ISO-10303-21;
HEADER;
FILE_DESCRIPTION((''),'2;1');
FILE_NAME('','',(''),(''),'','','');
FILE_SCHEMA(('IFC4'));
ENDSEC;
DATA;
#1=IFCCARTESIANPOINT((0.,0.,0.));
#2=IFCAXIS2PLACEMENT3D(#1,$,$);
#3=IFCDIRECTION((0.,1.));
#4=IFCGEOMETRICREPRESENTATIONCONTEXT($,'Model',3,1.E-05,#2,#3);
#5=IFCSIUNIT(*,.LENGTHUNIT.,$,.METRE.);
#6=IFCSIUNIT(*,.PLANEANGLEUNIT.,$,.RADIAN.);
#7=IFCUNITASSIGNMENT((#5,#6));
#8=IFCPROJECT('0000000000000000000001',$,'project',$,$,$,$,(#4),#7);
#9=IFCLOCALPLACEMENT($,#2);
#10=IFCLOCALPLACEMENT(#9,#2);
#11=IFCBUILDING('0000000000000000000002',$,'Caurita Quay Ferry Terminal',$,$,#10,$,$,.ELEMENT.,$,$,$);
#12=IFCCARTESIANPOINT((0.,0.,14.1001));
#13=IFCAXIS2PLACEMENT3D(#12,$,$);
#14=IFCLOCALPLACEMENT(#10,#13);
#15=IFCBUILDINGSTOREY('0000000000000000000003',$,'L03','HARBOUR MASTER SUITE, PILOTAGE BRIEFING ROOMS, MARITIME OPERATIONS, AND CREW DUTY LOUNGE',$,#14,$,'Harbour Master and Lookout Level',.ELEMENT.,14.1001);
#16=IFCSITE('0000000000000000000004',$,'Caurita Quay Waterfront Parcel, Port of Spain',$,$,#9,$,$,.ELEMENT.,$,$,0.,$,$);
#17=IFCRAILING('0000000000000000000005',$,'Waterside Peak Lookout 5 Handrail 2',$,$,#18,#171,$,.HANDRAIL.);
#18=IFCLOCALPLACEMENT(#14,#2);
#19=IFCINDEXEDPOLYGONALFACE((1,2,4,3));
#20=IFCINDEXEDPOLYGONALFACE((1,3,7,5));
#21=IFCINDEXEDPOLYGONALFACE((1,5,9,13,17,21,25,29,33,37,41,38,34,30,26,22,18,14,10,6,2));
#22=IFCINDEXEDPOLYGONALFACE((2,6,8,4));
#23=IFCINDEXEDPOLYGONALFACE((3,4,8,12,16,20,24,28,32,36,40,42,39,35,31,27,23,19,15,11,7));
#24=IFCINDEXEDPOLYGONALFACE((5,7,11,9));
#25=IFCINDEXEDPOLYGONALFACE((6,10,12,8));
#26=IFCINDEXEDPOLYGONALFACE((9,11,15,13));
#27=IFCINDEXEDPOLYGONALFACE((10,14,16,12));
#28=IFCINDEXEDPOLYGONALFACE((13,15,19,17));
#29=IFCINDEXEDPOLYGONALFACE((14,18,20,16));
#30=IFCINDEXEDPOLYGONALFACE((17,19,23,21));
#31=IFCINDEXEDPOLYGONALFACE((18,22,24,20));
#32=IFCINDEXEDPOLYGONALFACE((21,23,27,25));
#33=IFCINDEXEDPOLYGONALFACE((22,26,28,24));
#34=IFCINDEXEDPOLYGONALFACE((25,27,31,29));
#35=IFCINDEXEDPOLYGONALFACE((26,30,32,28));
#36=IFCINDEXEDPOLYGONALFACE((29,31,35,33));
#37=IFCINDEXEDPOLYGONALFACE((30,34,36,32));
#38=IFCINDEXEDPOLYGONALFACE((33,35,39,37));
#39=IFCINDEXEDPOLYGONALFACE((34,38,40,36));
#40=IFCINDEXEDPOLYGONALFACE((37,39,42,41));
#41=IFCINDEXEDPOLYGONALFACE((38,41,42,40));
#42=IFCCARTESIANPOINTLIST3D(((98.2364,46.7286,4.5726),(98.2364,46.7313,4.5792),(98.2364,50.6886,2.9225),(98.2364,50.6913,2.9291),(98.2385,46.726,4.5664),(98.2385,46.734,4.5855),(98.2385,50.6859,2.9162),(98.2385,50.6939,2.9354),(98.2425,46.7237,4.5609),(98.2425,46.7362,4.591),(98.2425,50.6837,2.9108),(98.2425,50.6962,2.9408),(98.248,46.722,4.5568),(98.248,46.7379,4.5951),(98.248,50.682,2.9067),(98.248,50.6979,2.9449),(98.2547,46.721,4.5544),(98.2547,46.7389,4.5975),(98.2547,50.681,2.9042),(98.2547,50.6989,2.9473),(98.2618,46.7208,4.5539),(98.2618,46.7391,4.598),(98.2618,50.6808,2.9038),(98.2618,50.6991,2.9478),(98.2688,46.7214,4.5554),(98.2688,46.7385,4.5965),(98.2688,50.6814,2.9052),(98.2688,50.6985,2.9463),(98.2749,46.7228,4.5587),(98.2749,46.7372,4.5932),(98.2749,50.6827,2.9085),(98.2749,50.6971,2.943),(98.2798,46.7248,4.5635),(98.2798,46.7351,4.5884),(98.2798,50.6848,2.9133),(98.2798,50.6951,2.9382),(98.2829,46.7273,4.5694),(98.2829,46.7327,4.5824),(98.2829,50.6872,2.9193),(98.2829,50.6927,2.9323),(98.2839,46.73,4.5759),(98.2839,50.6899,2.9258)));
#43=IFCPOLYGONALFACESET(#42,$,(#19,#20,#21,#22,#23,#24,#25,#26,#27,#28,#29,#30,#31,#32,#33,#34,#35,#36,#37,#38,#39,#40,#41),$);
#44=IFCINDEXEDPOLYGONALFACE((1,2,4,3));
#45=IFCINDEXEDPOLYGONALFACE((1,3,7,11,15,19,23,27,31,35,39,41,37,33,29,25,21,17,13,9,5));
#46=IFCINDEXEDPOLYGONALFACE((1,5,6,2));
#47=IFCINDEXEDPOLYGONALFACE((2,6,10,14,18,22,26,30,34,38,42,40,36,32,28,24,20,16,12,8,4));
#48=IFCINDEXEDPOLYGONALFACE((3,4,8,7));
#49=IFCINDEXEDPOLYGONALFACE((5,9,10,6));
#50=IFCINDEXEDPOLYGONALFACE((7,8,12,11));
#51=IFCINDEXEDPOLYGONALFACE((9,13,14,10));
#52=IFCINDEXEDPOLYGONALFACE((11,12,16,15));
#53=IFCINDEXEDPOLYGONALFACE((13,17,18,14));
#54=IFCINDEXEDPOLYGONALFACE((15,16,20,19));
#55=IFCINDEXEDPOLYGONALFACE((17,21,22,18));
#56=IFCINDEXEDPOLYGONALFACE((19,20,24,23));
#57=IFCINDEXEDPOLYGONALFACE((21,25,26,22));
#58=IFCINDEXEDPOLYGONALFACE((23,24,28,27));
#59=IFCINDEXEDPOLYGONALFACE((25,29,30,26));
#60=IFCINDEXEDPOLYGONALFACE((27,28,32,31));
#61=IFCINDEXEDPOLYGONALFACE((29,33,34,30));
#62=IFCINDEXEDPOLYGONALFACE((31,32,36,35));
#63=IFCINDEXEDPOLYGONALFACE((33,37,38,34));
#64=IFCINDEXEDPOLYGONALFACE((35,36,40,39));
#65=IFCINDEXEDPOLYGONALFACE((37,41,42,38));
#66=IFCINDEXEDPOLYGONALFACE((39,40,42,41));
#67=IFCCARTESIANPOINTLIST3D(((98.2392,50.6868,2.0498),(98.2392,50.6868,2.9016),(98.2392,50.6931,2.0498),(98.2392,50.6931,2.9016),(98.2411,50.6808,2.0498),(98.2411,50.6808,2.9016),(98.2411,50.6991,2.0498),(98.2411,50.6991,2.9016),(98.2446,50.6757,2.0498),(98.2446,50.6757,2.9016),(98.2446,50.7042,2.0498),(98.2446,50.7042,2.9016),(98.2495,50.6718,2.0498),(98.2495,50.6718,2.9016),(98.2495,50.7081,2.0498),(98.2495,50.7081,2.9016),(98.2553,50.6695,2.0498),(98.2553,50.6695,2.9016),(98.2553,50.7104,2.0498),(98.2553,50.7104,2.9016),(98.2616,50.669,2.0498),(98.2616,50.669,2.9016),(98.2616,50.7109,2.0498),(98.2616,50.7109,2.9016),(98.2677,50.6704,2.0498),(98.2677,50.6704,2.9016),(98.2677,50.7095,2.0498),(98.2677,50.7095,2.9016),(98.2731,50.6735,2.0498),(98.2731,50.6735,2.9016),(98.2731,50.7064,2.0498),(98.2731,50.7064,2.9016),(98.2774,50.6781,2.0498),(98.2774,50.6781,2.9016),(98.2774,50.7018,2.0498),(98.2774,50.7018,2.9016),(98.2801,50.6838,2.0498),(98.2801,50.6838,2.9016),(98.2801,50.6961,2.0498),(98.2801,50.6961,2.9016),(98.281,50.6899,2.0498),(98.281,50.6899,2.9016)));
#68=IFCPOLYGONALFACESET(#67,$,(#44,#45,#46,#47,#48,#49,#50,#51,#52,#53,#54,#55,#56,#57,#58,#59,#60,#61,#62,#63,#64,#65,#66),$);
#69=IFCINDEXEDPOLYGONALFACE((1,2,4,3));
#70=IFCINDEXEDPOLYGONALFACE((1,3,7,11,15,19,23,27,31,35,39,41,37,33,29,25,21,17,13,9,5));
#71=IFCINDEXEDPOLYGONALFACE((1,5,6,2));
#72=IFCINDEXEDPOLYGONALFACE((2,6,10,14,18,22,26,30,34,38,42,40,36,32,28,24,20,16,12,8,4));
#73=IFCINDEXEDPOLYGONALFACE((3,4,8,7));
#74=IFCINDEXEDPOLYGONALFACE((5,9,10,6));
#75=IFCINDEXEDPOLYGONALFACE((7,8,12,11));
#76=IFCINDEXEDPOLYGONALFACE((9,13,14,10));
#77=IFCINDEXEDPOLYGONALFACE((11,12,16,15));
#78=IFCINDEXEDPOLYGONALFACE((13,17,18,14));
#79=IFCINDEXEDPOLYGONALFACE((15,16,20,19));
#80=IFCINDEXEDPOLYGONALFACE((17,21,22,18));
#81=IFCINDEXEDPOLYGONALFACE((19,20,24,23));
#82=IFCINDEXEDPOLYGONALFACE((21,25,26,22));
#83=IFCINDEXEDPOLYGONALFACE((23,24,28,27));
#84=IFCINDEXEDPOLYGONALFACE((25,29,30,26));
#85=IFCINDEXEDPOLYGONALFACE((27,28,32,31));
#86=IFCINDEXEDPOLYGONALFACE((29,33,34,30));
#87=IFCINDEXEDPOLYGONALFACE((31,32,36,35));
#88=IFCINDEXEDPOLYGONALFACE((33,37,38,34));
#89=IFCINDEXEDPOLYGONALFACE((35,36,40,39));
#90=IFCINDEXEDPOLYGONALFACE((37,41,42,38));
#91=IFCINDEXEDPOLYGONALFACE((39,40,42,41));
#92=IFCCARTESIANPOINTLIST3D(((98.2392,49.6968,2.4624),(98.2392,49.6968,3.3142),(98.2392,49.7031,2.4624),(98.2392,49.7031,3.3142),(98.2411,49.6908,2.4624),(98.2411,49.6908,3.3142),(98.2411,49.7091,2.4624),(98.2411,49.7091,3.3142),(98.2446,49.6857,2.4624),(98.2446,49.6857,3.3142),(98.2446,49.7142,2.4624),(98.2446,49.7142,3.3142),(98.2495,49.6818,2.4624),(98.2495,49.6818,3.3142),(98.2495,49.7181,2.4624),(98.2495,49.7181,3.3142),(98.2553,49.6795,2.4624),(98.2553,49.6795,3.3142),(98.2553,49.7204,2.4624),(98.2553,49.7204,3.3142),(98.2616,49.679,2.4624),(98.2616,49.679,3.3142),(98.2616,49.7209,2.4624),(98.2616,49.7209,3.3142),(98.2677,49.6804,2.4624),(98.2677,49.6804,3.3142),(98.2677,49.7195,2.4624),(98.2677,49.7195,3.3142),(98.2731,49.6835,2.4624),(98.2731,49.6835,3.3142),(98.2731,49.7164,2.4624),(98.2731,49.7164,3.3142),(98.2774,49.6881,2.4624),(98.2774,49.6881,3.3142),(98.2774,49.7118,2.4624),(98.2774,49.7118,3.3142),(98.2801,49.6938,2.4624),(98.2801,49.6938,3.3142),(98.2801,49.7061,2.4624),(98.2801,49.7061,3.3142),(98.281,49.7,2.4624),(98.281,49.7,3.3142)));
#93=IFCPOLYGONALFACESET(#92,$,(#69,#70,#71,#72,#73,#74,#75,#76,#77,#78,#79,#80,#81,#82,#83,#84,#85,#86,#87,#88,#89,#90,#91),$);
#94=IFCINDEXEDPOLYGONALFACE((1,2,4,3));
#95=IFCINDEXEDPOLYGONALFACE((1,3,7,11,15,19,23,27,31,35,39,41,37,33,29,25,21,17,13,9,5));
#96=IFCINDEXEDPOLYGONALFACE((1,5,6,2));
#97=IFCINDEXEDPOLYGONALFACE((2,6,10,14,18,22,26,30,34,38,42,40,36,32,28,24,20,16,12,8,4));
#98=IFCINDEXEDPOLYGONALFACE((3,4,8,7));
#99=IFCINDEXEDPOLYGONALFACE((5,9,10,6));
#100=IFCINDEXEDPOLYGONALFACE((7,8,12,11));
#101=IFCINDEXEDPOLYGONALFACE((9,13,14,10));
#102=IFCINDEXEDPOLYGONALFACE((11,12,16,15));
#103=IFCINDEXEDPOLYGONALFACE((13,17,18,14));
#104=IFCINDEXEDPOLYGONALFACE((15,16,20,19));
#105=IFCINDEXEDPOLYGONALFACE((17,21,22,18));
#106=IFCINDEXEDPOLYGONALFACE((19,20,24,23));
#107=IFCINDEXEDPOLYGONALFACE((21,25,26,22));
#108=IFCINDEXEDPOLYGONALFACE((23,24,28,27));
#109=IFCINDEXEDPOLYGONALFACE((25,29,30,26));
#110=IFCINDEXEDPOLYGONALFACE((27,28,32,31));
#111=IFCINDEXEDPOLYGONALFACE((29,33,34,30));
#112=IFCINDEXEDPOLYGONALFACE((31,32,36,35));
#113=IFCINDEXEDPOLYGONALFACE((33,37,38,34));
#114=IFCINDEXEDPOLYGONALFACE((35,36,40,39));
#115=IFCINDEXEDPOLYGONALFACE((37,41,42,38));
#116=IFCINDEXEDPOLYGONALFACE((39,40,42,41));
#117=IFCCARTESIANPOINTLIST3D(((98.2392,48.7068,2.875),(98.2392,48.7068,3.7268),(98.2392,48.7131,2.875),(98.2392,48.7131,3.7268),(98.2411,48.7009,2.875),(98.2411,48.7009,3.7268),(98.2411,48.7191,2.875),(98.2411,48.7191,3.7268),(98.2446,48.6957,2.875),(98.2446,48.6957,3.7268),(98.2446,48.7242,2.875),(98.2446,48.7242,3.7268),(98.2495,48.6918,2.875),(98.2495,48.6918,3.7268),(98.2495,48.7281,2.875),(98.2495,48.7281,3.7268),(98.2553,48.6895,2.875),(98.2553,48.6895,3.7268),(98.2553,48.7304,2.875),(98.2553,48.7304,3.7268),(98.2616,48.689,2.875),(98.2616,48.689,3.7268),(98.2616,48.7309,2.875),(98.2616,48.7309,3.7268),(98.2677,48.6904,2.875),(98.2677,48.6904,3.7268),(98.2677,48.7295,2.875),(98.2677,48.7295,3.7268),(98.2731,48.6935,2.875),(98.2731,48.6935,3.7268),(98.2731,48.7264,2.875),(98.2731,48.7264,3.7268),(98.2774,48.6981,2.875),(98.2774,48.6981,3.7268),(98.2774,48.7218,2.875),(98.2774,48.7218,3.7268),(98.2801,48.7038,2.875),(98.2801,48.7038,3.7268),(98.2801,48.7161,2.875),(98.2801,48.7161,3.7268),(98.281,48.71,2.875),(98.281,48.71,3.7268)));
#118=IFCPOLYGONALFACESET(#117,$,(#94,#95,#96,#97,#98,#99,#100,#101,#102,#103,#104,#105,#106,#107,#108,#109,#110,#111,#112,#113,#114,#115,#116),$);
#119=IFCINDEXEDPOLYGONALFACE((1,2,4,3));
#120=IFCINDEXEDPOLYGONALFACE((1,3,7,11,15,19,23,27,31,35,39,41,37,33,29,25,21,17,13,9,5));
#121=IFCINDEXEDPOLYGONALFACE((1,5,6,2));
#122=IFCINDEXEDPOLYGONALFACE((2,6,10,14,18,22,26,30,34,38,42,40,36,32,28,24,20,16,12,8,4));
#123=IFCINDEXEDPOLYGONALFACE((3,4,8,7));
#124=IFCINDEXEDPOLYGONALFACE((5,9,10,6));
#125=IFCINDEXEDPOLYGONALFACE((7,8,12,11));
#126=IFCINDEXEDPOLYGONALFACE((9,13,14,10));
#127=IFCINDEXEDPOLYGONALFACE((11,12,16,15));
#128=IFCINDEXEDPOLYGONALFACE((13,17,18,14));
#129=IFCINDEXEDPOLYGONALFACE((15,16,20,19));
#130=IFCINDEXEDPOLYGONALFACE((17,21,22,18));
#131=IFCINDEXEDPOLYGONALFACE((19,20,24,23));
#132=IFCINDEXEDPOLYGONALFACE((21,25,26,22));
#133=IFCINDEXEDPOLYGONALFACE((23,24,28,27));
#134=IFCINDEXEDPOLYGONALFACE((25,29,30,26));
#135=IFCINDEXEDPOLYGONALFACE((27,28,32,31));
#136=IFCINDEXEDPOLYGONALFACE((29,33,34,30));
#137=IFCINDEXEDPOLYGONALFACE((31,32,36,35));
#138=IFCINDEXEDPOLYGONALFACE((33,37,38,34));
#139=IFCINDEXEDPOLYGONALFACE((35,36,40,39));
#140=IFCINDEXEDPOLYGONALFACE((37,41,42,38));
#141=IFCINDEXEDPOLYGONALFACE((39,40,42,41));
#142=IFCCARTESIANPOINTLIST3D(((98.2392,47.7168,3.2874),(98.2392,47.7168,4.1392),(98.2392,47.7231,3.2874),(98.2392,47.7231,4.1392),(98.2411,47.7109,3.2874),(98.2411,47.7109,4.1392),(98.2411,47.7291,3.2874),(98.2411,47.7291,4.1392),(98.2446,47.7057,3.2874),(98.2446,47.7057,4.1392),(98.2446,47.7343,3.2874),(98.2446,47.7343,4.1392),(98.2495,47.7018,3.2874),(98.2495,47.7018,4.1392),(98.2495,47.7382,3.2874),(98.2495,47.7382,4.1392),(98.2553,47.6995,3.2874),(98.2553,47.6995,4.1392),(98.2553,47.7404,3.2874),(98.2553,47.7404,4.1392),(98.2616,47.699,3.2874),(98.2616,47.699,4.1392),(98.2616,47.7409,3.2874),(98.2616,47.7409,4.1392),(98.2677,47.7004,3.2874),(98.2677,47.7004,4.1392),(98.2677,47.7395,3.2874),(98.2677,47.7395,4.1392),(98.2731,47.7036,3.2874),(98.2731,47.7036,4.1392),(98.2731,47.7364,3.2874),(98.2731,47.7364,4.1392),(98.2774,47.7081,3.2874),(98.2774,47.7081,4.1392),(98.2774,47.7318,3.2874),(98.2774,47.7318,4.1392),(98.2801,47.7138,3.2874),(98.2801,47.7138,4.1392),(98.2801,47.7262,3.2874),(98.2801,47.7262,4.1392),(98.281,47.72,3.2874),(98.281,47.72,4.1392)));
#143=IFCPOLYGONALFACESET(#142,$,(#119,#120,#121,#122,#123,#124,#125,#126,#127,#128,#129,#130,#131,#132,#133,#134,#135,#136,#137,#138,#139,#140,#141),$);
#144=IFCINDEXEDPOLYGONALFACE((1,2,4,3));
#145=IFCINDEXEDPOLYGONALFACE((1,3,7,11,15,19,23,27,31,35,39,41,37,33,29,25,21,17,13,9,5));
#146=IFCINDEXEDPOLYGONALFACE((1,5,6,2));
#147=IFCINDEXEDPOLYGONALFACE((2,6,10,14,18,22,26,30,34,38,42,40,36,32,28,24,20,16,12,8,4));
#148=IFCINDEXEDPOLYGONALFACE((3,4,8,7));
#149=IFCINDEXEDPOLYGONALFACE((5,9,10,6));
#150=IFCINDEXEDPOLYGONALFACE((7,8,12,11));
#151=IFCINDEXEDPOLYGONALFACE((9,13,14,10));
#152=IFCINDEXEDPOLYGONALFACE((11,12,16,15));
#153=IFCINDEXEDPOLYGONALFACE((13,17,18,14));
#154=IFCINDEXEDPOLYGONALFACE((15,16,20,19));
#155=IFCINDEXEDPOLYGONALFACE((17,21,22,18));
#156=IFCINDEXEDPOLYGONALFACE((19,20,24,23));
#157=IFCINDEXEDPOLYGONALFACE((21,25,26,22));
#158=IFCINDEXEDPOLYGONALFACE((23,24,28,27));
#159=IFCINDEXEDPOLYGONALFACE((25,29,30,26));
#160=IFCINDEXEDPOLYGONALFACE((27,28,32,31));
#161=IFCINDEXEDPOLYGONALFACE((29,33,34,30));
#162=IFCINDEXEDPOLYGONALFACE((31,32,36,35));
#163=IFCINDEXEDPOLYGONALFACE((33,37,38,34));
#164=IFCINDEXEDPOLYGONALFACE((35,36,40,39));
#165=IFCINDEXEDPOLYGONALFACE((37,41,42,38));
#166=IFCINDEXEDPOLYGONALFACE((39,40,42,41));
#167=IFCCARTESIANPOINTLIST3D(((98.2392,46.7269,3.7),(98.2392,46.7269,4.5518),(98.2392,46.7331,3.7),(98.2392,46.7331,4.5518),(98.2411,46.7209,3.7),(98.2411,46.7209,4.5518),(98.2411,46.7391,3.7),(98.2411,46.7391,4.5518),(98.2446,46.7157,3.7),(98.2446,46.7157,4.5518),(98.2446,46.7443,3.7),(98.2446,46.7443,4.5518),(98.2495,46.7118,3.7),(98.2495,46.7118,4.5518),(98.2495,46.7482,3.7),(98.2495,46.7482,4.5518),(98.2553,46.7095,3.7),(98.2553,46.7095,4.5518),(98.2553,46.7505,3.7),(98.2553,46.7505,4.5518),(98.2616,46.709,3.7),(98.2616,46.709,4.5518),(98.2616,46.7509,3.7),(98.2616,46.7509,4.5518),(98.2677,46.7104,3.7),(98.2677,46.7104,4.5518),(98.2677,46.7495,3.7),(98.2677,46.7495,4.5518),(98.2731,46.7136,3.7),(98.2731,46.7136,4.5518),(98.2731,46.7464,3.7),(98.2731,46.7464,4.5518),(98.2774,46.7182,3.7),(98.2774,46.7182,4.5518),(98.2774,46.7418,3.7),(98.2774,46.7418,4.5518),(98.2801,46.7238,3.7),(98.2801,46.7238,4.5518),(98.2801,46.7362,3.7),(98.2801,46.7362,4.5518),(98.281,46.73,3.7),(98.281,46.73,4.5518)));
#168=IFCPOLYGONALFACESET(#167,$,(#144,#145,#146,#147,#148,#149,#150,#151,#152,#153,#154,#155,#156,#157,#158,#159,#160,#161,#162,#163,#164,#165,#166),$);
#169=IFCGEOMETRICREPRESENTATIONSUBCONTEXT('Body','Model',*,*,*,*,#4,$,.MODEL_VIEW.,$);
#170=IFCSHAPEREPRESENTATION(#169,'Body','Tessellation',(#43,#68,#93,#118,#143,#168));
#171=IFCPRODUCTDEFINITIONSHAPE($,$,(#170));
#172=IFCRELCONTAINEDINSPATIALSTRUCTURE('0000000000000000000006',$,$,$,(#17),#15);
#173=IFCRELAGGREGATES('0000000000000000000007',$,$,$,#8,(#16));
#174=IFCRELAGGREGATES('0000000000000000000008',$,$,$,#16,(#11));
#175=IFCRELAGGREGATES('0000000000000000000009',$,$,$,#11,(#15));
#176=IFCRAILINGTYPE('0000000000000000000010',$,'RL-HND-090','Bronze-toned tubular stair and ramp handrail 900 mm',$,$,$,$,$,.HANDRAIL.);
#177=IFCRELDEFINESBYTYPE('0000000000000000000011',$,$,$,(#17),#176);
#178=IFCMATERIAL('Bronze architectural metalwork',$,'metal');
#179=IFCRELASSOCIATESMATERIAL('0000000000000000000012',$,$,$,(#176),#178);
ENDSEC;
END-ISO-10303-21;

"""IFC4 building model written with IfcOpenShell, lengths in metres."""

from ifc_helpers import new_model, si_unit, direction, frame, origin, origin_2d, place, context, subcontext, project, spatial, circle, extrude, material, type_object, element, save


model = new_model("IFC4")

# Units and contexts
model_context = context("Model", 3, precision=1e-05, world=origin(), true_north=direction((0.0, 1.0)))
body_context = subcontext(model_context, "Body", "Model", "MODEL_VIEW")
ifc_project = project(units=[si_unit("LENGTHUNIT", "METRE"), si_unit("PLANEANGLEUNIT", "RADIAN")], contexts=[model_context])

# Site, building, storey
site_placement = place(None, origin())
site = spatial("IfcSite", under=ifc_project, at=site_placement, Name="Caurita Quay Waterfront Parcel, Port of Spain", CompositionType="ELEMENT", RefElevation=0.0)
building_placement = place(site_placement, origin())
building = spatial("IfcBuilding", under=site, at=building_placement, Name="Caurita Quay Ferry Terminal", CompositionType="ELEMENT")
storey_placement = place(building_placement, frame((0.0, 0.0, 14.1001)))
storey = spatial("IfcBuildingStorey", under=building, at=storey_placement, Name="L03", Description="HARBOUR MASTER SUITE, PILOTAGE BRIEFING ROOMS, MARITIME OPERATIONS, AND CREW DUTY LOUNGE", LongName="Harbour Master and Lookout Level", CompositionType="ELEMENT", Elevation=14.1001)

# Railing
ifc_material_1 = material(Name="Bronze architectural metalwork", Category="metal")
railing_type_1 = type_object("IfcRailingType", Name="RL-HND-090", Description="Bronze-toned tubular stair and ramp handrail 900 mm", PredefinedType="HANDRAIL", material=ifc_material_1)
railing_1_placement = place(storey_placement, frame((98.26, 50.6899, 2.0498)))
element("IfcRailing", 1, at=railing_1_placement, inside=storey, type_object=railing_type_1, Name="Waterside Peak Lookout 5 Handrail 2", PredefinedType="HANDRAIL", context=body_context, shape_type="SweptSolid", body=[
    extrude(circle(Radius=0.0239, at=origin_2d()), frame((0.0, 0.0, 0.876), z_axis=(0.0, -0.923063, 0.384648), x_axis=(1.0, 0.0, 0.0)), (0.0, 0.0, 1.0), 4.29),
    extrude(circle(Radius=0.021, at=origin_2d()), origin(), (0.0, 0.0, 1.0), 0.8518),
    extrude(circle(Radius=0.021, at=origin_2d()), frame((0.0, -0.99, 0.4126)), (0.0, 0.0, 1.0), 0.8518),
    extrude(circle(Radius=0.021, at=origin_2d()), frame((0.0, -1.98, 0.8252)), (0.0, 0.0, 1.0), 0.8518),
    extrude(circle(Radius=0.021, at=origin_2d()), frame((0.0, -2.97, 1.2375)), (0.0, 0.0, 1.0), 0.8518),
    extrude(circle(Radius=0.021, at=origin_2d()), frame((0.0, -3.96, 1.6501)), (0.0, 0.0, 1.0), 0.8518),
])

save(model, "model.ifc")
